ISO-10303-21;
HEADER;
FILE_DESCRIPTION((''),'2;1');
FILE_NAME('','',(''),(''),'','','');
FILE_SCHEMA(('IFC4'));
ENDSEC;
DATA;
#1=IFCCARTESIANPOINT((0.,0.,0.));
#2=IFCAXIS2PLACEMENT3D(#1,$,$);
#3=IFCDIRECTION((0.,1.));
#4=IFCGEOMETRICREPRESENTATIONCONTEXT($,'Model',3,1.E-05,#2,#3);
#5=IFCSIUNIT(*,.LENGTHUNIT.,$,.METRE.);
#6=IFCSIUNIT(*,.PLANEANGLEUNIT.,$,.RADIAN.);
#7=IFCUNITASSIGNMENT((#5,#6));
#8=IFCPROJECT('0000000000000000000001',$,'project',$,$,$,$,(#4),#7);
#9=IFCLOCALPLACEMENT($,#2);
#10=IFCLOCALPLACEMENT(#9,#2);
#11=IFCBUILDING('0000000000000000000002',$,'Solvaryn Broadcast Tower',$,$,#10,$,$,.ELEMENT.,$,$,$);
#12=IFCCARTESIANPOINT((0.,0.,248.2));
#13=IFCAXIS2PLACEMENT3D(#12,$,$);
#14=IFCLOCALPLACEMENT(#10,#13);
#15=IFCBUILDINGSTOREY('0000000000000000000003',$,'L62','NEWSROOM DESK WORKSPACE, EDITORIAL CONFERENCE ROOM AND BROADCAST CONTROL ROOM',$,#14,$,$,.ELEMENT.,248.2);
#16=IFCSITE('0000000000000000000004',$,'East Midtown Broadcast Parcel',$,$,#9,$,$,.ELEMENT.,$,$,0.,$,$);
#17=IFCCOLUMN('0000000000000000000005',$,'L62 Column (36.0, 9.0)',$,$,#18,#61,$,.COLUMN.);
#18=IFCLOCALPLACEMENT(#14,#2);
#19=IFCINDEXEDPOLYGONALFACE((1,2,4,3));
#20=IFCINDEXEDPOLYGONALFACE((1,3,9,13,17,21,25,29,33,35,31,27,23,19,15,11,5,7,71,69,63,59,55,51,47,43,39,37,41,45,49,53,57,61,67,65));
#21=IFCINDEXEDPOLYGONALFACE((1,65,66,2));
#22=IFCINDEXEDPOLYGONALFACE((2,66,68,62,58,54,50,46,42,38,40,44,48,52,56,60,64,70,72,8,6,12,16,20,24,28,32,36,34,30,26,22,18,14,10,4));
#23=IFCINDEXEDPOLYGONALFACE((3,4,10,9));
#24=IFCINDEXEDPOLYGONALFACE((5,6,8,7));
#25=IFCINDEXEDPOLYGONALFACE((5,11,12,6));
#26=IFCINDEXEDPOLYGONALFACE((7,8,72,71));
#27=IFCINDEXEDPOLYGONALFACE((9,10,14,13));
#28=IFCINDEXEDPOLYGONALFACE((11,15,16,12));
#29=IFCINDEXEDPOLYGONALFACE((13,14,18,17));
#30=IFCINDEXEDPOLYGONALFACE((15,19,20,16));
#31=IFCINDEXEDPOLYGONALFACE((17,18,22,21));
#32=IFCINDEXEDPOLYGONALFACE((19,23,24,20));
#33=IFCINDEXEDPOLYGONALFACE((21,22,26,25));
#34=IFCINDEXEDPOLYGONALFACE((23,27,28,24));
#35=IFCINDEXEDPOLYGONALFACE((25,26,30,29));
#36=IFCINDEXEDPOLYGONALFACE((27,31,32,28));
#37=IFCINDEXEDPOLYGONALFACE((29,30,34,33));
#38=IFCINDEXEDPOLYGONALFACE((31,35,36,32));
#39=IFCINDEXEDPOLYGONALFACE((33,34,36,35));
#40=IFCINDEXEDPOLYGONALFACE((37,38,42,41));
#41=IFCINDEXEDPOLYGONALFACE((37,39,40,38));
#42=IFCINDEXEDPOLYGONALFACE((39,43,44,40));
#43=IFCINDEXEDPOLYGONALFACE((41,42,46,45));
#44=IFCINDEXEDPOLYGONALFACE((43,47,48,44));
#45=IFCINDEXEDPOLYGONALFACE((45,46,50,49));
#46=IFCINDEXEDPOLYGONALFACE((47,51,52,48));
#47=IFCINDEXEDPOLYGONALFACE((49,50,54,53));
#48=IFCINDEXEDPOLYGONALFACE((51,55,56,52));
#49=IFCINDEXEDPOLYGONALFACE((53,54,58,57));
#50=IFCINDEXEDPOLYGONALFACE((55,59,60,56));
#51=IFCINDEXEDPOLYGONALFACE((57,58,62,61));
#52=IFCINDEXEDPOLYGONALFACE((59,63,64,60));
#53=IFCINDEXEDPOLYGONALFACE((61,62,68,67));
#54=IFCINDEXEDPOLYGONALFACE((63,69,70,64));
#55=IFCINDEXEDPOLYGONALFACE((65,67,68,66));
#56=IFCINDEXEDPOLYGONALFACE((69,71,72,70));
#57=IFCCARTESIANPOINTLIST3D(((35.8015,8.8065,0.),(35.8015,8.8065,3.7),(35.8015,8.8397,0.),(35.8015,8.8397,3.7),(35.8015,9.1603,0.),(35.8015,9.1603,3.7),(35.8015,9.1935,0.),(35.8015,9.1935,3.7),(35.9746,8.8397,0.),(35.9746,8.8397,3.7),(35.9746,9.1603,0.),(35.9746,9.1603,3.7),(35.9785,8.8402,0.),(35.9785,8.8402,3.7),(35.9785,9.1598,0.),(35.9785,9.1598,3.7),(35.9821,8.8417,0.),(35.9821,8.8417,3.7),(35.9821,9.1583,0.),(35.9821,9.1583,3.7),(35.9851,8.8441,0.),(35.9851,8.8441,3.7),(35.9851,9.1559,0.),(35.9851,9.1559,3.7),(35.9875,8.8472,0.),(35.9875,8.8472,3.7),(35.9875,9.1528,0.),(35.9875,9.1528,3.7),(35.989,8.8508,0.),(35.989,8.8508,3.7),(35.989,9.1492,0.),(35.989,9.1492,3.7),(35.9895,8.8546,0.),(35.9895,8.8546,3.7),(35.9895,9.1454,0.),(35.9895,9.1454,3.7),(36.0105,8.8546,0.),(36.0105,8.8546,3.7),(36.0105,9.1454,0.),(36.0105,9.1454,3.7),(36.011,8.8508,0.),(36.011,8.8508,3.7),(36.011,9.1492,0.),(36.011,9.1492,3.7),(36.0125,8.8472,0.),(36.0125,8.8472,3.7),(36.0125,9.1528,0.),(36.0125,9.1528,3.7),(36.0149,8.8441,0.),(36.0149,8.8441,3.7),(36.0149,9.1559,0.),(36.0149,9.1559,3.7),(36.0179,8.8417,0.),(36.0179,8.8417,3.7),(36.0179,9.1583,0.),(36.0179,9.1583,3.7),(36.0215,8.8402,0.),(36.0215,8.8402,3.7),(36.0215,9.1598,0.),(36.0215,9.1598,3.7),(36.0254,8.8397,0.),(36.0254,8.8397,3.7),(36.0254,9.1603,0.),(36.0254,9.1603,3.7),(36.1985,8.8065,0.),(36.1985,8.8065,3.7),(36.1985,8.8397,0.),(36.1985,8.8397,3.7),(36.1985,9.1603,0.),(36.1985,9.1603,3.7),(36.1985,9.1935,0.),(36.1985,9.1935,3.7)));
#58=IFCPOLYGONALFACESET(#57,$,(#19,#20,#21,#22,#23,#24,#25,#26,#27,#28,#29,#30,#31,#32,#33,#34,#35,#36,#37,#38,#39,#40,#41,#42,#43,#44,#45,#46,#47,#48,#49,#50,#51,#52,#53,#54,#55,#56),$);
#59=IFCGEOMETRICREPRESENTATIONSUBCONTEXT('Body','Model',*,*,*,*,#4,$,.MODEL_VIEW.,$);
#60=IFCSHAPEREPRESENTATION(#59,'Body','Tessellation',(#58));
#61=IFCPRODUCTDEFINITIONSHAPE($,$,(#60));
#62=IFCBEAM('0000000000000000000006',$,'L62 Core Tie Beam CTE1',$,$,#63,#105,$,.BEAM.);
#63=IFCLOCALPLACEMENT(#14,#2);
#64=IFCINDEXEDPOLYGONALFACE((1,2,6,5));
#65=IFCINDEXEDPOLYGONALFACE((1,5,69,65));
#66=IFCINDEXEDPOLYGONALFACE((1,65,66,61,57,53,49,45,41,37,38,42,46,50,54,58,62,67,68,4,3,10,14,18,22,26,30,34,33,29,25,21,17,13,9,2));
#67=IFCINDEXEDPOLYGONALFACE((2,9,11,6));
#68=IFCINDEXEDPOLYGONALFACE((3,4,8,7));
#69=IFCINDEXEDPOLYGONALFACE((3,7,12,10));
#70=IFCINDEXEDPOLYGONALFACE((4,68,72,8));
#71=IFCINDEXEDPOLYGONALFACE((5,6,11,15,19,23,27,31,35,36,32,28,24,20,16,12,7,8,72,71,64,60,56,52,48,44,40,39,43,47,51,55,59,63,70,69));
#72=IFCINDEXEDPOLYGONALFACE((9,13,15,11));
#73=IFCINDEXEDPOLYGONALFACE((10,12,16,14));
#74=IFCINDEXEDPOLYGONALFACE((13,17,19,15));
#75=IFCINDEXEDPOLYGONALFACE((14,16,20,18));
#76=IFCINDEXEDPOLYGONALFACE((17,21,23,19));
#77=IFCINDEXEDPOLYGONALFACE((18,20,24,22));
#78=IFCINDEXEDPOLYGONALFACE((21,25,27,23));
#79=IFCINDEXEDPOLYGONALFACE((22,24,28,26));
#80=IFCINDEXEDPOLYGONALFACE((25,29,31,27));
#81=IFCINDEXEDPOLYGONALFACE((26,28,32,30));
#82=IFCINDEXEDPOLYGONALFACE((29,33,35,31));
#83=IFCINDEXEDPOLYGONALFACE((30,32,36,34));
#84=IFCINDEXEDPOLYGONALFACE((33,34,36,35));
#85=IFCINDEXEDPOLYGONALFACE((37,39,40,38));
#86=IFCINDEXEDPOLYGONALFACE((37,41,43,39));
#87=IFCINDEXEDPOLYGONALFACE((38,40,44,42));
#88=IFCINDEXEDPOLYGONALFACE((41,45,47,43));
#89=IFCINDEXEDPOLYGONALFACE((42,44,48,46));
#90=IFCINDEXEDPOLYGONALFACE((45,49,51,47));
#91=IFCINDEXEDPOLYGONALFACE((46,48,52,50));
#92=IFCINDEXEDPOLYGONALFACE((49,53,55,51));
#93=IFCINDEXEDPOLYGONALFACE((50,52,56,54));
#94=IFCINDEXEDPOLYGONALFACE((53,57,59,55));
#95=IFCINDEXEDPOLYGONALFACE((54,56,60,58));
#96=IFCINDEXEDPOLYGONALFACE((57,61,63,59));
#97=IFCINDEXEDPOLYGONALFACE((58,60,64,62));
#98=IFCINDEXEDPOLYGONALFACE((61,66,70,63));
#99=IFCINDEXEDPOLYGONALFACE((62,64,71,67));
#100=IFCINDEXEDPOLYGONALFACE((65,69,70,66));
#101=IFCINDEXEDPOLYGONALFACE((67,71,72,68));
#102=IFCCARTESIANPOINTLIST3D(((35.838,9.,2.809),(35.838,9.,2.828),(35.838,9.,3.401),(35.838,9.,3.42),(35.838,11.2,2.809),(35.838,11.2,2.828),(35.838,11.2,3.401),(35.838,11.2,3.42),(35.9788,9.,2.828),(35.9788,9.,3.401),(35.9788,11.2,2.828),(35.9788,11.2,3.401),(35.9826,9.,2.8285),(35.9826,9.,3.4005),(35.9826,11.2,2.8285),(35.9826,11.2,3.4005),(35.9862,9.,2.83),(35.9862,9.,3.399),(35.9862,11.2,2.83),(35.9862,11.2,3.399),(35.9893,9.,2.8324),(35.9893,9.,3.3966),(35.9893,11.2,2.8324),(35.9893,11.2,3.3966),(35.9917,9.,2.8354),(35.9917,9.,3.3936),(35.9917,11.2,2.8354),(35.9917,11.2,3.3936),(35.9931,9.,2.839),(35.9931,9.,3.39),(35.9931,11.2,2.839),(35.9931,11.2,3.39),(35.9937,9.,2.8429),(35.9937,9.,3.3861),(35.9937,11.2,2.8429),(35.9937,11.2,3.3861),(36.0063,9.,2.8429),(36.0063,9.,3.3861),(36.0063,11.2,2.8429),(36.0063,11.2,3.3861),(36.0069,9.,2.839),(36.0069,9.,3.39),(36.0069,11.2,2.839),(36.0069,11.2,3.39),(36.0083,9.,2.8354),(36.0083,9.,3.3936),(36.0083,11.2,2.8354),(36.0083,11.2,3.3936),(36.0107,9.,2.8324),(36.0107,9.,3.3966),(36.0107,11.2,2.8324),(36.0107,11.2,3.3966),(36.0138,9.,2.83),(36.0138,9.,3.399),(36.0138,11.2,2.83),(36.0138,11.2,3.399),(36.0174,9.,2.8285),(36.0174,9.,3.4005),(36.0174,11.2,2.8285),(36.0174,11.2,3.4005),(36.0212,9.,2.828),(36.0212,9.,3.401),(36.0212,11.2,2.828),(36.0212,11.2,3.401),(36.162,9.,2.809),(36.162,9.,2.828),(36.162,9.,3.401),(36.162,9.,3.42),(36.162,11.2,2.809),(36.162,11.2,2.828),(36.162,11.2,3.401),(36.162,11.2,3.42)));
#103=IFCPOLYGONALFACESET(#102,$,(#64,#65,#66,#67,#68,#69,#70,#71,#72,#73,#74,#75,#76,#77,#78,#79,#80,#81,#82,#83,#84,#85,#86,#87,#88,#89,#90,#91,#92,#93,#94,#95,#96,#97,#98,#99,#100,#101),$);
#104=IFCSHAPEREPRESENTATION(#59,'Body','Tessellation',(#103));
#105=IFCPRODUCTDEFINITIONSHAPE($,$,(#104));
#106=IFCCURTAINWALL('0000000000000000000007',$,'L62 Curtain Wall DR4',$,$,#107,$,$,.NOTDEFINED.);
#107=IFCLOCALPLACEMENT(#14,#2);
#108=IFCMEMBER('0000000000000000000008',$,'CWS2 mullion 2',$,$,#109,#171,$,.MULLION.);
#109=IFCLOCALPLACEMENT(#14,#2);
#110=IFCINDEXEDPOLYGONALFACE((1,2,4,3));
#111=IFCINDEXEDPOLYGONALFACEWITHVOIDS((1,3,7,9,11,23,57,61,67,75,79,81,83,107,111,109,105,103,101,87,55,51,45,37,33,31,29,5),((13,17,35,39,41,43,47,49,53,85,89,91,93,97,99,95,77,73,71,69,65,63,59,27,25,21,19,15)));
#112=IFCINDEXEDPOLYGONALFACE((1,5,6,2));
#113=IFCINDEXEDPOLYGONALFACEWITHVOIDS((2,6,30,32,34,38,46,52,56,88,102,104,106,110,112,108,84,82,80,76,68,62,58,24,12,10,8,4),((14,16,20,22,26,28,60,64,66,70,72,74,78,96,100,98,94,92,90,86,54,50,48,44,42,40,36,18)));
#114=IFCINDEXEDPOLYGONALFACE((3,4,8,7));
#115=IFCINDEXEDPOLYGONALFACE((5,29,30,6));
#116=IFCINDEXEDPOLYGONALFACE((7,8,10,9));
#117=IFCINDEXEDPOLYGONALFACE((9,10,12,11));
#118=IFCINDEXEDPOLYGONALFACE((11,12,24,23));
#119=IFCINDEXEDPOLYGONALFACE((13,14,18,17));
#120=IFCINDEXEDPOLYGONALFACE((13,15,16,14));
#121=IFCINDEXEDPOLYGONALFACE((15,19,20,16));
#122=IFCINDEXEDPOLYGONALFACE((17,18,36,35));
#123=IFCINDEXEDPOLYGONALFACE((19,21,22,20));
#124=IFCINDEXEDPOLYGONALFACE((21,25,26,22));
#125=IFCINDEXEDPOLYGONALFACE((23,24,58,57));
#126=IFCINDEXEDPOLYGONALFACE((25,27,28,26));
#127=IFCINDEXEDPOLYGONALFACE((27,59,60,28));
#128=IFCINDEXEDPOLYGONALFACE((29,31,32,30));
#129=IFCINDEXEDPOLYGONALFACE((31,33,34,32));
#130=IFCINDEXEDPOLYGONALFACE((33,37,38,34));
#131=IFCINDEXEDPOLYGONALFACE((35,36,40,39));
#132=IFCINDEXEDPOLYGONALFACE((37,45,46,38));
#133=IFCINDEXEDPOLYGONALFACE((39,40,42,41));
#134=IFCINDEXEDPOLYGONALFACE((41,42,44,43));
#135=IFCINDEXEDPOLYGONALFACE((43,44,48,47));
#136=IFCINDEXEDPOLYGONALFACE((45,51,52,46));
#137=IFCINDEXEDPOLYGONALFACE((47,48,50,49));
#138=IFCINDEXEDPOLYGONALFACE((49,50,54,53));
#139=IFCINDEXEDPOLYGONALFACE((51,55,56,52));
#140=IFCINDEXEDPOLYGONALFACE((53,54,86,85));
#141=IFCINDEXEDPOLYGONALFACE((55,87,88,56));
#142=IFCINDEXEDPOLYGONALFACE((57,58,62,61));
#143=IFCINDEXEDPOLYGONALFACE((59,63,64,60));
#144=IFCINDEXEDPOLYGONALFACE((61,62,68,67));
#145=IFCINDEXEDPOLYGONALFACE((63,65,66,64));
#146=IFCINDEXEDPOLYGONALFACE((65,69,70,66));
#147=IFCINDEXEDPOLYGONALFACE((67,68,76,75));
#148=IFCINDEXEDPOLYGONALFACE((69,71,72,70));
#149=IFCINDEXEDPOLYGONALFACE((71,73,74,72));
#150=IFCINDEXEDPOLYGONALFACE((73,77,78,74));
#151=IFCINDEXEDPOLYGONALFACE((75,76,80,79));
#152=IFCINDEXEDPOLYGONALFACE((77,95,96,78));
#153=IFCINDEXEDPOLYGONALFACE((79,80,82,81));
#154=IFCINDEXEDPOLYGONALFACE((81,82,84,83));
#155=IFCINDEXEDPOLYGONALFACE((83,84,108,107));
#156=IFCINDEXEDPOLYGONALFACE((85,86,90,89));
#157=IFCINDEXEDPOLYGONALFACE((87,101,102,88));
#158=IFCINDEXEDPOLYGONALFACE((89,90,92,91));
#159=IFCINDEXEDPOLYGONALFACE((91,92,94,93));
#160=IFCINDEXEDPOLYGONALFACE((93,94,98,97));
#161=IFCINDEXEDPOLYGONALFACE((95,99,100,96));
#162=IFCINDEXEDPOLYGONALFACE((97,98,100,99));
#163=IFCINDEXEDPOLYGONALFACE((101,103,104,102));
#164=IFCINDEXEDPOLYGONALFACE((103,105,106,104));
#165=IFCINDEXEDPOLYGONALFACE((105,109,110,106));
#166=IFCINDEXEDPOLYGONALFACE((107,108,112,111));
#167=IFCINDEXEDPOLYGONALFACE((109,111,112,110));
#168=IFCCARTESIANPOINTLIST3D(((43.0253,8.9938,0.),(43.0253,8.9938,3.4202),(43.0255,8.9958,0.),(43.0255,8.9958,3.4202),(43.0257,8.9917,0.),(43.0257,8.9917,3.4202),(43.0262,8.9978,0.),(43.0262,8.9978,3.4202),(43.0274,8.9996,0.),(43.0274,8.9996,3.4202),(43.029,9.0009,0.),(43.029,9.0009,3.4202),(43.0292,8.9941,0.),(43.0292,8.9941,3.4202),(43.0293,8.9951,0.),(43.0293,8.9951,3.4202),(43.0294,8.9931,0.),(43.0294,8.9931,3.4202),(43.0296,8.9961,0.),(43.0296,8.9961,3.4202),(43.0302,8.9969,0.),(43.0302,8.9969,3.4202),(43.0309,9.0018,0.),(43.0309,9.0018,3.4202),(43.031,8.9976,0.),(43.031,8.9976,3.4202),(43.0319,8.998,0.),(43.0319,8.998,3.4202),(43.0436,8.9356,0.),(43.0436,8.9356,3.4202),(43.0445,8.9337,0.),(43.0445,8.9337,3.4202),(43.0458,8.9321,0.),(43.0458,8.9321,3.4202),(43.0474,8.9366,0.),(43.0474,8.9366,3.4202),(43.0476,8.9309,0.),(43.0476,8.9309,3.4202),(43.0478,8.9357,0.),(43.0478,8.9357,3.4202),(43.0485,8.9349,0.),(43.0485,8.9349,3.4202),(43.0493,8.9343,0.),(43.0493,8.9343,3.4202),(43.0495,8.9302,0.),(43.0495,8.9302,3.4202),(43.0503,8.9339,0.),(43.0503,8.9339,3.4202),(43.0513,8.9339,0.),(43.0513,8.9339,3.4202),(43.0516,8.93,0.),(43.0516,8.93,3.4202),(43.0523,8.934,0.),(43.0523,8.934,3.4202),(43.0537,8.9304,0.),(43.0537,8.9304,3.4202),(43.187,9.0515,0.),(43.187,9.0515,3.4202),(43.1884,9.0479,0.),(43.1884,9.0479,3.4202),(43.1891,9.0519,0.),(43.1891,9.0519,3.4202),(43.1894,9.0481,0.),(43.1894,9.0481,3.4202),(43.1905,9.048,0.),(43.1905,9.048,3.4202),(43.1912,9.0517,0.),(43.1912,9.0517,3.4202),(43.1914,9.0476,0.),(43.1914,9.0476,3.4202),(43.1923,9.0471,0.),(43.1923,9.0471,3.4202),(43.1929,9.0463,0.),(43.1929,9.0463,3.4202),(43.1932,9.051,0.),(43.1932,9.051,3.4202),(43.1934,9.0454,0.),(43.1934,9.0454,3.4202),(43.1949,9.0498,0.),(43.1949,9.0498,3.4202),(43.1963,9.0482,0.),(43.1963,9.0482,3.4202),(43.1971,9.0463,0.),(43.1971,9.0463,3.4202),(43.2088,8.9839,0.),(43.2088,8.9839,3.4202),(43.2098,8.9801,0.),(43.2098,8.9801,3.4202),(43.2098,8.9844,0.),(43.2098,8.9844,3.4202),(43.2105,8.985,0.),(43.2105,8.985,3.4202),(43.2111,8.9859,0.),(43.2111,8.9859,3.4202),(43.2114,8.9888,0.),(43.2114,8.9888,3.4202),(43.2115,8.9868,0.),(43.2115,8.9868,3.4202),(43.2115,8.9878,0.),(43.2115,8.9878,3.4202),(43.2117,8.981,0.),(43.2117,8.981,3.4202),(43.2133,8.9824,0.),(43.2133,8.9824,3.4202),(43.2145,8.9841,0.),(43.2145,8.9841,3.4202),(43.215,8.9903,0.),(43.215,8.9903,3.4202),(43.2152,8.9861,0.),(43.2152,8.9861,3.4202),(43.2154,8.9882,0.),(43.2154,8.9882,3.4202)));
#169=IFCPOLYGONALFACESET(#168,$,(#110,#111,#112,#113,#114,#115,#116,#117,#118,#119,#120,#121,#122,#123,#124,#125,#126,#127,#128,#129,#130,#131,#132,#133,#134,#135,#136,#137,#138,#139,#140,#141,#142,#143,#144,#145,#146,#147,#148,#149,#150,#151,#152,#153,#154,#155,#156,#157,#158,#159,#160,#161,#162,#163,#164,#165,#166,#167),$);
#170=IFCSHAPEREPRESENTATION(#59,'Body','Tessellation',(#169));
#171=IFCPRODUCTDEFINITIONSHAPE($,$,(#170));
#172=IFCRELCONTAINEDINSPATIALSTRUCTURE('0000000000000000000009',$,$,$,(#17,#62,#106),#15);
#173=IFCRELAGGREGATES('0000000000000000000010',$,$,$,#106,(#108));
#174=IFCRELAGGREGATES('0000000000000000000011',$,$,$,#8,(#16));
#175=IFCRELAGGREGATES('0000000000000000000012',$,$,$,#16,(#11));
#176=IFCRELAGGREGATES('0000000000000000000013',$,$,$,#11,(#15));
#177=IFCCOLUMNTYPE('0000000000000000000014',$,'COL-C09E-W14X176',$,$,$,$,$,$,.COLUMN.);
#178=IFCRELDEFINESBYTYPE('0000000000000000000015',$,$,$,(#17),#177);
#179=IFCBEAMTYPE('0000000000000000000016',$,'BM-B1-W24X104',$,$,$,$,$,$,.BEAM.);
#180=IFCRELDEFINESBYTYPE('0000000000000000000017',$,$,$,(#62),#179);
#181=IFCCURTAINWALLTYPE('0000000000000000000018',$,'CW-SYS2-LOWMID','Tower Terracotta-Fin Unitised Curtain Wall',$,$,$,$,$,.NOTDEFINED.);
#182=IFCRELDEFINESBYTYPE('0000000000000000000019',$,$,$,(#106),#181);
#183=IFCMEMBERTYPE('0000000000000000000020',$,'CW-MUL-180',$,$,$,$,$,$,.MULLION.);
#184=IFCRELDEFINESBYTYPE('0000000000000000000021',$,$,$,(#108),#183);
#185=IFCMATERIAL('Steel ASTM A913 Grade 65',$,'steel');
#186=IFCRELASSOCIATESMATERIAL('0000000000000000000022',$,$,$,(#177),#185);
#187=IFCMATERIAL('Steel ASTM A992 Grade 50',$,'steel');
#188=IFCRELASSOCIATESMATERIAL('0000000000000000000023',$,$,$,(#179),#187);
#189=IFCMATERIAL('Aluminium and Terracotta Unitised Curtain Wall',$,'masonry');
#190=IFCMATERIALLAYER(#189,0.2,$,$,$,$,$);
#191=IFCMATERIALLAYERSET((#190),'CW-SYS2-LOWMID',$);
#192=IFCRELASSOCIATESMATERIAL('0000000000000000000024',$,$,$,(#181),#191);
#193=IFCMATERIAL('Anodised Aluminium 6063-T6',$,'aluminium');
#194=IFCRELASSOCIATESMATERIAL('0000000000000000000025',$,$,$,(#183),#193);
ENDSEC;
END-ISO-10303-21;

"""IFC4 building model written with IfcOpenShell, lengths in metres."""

from ifc_helpers import new_model, si_unit, direction, frame, origin, origin_2d, place, context, subcontext, project, spatial, hollow_rectangle, i_section, extrude, material, layer, layer_set, material_profile, profile_set, type_object, element, aggregate, save


model = new_model("IFC4")

# Units and contexts
model_context = context("Model", 3, precision=1e-05, world=origin(), true_north=direction((0.0, 1.0)))
body_context = subcontext(model_context, "Body", "Model", "MODEL_VIEW")
ifc_project = project(units=[si_unit("LENGTHUNIT", "METRE"), si_unit("PLANEANGLEUNIT", "RADIAN")], contexts=[model_context])

# Site, building, storey
site_placement = place(None, origin())
site = spatial("IfcSite", under=ifc_project, at=site_placement, Name="East Midtown Broadcast Parcel", CompositionType="ELEMENT", RefElevation=0.0)
building_placement = place(site_placement, origin())
building = spatial("IfcBuilding", under=site, at=building_placement, Name="Solvaryn Broadcast Tower", CompositionType="ELEMENT")
storey_placement = place(building_placement, frame((0.0, 0.0, 248.2)))
storey = spatial("IfcBuildingStorey", under=building, at=storey_placement, Name="L62", Description="NEWSROOM DESK WORKSPACE, EDITORIAL CONFERENCE ROOM AND BROADCAST CONTROL ROOM", CompositionType="ELEMENT", Elevation=248.2)

# Column
ifc_material_1 = material(Name="Steel ASTM A913 Grade 65", Category="steel")
ifc_material_profile_1 = material_profile(ifc_material_1, i_section(OverallWidth=0.397, OverallDepth=0.387, WebThickness=0.021, FlangeThickness=0.0332, FilletRadius=0.0149, at=origin_2d()))
ifc_profile_set_1 = profile_set([ifc_material_profile_1], Name="Steel ASTM A913 Grade 65")
column_type = type_object("IfcColumnType", Name="COL-C09E-W14X176", PredefinedType="COLUMN", material=ifc_profile_set_1)
column_placement = place(storey_placement, frame((36.0, 9.0, 0.0), z_axis=(0.0, 0.0, 1.0), x_axis=(1.0, 0.0, 0.0)))
element("IfcColumn", 1, at=column_placement, inside=storey, type_object=column_type, Name="L62 Column (36.0, 9.0)", PredefinedType="COLUMN", context=body_context, shape_type="SweptSolid", body=[
    extrude(i_section(OverallWidth=0.397, OverallDepth=0.387, WebThickness=0.021, FlangeThickness=0.0332, FilletRadius=0.0149, at=origin_2d()), origin(), (0.0, 0.0, 1.0), 3.7),
])

# Beam
ifc_material_2 = material(Name="Steel ASTM A992 Grade 50", Category="steel")
ifc_material_profile_2 = material_profile(ifc_material_2, i_section(OverallWidth=0.324, OverallDepth=0.6111, WebThickness=0.0127, FlangeThickness=0.019, FilletRadius=0.0149, at=origin_2d()))
ifc_profile_set_2 = profile_set([ifc_material_profile_2], Name="Steel ASTM A992 Grade 50")
beam_type = type_object("IfcBeamType", Name="BM-B1-W24X104", PredefinedType="BEAM", material=ifc_profile_set_2)
beam_placement = place(storey_placement, frame((36.0, 9.0, 3.1145), z_axis=(0.0, 1.0, 0.0), x_axis=(-1.0, 0.0, 0.0)))
element("IfcBeam", 2, at=beam_placement, inside=storey, type_object=beam_type, Name="L62 Core Tie Beam CTE1", PredefinedType="BEAM", context=body_context, shape_type="SweptSolid", body=[
    extrude(i_section(OverallWidth=0.324, OverallDepth=0.6111, WebThickness=0.0127, FlangeThickness=0.019, FilletRadius=0.0149, at=origin_2d()), origin(), (0.0, 0.0, 1.0), 2.2),
])

# Curtain wall, member
ifc_material_3 = material(Name="Aluminium and Terracotta Unitised Curtain Wall", Category="masonry")
ifc_layer_1 = layer(ifc_material_3, 0.2)
ifc_layer_set_1 = layer_set([ifc_layer_1], Name="CW-SYS2-LOWMID")
curtain_wall_type = type_object("IfcCurtainWallType", Name="CW-SYS2-LOWMID", Description="Tower Terracotta-Fin Unitised Curtain Wall", PredefinedType="NOTDEFINED", material=ifc_layer_set_1)
curtain_wall_1_placement = place(storey_placement, origin())
curtain_wall_1 = element("IfcCurtainWall", 3, at=curtain_wall_1_placement, inside=storey, type_object=curtain_wall_type, Name="L62 Curtain Wall DR4", PredefinedType="NOTDEFINED")
ifc_material_4 = material(Name="Anodised Aluminium 6063-T6", Category="aluminium")
ifc_material_profile_3 = material_profile(ifc_material_4, hollow_rectangle(XDim=0.075, YDim=0.1799, WallThickness=0.0039, InnerFilletRadius=0.0039, OuterFilletRadius=0.0081, at=origin_2d()))
ifc_profile_set_3 = profile_set([ifc_material_profile_3], Name="Anodised Aluminium 6063-T6")
member_type_1 = type_object("IfcMemberType", Name="CW-MUL-180", PredefinedType="MULLION", material=ifc_profile_set_3)
member_1_placement = place(storey_placement, frame((43.1204, 8.991, 0.0), z_axis=(0.0, 0.0, 1.0), x_axis=(-0.303616, 0.952795, 0.0)))
member_1 = element("IfcMember", 4, at=member_1_placement, type_object=member_type_1, Name="CWS2 mullion 2", PredefinedType="MULLION", context=body_context, shape_type="SweptSolid", body=[
    extrude(hollow_rectangle(XDim=0.075, YDim=0.1799, WallThickness=0.0039, InnerFilletRadius=0.0039, OuterFilletRadius=0.0081, at=origin_2d()), origin(), (0.0, 0.0, 1.0), 3.4202),
])

aggregate(curtain_wall_1, [member_1])

save(model, "model.ifc")
